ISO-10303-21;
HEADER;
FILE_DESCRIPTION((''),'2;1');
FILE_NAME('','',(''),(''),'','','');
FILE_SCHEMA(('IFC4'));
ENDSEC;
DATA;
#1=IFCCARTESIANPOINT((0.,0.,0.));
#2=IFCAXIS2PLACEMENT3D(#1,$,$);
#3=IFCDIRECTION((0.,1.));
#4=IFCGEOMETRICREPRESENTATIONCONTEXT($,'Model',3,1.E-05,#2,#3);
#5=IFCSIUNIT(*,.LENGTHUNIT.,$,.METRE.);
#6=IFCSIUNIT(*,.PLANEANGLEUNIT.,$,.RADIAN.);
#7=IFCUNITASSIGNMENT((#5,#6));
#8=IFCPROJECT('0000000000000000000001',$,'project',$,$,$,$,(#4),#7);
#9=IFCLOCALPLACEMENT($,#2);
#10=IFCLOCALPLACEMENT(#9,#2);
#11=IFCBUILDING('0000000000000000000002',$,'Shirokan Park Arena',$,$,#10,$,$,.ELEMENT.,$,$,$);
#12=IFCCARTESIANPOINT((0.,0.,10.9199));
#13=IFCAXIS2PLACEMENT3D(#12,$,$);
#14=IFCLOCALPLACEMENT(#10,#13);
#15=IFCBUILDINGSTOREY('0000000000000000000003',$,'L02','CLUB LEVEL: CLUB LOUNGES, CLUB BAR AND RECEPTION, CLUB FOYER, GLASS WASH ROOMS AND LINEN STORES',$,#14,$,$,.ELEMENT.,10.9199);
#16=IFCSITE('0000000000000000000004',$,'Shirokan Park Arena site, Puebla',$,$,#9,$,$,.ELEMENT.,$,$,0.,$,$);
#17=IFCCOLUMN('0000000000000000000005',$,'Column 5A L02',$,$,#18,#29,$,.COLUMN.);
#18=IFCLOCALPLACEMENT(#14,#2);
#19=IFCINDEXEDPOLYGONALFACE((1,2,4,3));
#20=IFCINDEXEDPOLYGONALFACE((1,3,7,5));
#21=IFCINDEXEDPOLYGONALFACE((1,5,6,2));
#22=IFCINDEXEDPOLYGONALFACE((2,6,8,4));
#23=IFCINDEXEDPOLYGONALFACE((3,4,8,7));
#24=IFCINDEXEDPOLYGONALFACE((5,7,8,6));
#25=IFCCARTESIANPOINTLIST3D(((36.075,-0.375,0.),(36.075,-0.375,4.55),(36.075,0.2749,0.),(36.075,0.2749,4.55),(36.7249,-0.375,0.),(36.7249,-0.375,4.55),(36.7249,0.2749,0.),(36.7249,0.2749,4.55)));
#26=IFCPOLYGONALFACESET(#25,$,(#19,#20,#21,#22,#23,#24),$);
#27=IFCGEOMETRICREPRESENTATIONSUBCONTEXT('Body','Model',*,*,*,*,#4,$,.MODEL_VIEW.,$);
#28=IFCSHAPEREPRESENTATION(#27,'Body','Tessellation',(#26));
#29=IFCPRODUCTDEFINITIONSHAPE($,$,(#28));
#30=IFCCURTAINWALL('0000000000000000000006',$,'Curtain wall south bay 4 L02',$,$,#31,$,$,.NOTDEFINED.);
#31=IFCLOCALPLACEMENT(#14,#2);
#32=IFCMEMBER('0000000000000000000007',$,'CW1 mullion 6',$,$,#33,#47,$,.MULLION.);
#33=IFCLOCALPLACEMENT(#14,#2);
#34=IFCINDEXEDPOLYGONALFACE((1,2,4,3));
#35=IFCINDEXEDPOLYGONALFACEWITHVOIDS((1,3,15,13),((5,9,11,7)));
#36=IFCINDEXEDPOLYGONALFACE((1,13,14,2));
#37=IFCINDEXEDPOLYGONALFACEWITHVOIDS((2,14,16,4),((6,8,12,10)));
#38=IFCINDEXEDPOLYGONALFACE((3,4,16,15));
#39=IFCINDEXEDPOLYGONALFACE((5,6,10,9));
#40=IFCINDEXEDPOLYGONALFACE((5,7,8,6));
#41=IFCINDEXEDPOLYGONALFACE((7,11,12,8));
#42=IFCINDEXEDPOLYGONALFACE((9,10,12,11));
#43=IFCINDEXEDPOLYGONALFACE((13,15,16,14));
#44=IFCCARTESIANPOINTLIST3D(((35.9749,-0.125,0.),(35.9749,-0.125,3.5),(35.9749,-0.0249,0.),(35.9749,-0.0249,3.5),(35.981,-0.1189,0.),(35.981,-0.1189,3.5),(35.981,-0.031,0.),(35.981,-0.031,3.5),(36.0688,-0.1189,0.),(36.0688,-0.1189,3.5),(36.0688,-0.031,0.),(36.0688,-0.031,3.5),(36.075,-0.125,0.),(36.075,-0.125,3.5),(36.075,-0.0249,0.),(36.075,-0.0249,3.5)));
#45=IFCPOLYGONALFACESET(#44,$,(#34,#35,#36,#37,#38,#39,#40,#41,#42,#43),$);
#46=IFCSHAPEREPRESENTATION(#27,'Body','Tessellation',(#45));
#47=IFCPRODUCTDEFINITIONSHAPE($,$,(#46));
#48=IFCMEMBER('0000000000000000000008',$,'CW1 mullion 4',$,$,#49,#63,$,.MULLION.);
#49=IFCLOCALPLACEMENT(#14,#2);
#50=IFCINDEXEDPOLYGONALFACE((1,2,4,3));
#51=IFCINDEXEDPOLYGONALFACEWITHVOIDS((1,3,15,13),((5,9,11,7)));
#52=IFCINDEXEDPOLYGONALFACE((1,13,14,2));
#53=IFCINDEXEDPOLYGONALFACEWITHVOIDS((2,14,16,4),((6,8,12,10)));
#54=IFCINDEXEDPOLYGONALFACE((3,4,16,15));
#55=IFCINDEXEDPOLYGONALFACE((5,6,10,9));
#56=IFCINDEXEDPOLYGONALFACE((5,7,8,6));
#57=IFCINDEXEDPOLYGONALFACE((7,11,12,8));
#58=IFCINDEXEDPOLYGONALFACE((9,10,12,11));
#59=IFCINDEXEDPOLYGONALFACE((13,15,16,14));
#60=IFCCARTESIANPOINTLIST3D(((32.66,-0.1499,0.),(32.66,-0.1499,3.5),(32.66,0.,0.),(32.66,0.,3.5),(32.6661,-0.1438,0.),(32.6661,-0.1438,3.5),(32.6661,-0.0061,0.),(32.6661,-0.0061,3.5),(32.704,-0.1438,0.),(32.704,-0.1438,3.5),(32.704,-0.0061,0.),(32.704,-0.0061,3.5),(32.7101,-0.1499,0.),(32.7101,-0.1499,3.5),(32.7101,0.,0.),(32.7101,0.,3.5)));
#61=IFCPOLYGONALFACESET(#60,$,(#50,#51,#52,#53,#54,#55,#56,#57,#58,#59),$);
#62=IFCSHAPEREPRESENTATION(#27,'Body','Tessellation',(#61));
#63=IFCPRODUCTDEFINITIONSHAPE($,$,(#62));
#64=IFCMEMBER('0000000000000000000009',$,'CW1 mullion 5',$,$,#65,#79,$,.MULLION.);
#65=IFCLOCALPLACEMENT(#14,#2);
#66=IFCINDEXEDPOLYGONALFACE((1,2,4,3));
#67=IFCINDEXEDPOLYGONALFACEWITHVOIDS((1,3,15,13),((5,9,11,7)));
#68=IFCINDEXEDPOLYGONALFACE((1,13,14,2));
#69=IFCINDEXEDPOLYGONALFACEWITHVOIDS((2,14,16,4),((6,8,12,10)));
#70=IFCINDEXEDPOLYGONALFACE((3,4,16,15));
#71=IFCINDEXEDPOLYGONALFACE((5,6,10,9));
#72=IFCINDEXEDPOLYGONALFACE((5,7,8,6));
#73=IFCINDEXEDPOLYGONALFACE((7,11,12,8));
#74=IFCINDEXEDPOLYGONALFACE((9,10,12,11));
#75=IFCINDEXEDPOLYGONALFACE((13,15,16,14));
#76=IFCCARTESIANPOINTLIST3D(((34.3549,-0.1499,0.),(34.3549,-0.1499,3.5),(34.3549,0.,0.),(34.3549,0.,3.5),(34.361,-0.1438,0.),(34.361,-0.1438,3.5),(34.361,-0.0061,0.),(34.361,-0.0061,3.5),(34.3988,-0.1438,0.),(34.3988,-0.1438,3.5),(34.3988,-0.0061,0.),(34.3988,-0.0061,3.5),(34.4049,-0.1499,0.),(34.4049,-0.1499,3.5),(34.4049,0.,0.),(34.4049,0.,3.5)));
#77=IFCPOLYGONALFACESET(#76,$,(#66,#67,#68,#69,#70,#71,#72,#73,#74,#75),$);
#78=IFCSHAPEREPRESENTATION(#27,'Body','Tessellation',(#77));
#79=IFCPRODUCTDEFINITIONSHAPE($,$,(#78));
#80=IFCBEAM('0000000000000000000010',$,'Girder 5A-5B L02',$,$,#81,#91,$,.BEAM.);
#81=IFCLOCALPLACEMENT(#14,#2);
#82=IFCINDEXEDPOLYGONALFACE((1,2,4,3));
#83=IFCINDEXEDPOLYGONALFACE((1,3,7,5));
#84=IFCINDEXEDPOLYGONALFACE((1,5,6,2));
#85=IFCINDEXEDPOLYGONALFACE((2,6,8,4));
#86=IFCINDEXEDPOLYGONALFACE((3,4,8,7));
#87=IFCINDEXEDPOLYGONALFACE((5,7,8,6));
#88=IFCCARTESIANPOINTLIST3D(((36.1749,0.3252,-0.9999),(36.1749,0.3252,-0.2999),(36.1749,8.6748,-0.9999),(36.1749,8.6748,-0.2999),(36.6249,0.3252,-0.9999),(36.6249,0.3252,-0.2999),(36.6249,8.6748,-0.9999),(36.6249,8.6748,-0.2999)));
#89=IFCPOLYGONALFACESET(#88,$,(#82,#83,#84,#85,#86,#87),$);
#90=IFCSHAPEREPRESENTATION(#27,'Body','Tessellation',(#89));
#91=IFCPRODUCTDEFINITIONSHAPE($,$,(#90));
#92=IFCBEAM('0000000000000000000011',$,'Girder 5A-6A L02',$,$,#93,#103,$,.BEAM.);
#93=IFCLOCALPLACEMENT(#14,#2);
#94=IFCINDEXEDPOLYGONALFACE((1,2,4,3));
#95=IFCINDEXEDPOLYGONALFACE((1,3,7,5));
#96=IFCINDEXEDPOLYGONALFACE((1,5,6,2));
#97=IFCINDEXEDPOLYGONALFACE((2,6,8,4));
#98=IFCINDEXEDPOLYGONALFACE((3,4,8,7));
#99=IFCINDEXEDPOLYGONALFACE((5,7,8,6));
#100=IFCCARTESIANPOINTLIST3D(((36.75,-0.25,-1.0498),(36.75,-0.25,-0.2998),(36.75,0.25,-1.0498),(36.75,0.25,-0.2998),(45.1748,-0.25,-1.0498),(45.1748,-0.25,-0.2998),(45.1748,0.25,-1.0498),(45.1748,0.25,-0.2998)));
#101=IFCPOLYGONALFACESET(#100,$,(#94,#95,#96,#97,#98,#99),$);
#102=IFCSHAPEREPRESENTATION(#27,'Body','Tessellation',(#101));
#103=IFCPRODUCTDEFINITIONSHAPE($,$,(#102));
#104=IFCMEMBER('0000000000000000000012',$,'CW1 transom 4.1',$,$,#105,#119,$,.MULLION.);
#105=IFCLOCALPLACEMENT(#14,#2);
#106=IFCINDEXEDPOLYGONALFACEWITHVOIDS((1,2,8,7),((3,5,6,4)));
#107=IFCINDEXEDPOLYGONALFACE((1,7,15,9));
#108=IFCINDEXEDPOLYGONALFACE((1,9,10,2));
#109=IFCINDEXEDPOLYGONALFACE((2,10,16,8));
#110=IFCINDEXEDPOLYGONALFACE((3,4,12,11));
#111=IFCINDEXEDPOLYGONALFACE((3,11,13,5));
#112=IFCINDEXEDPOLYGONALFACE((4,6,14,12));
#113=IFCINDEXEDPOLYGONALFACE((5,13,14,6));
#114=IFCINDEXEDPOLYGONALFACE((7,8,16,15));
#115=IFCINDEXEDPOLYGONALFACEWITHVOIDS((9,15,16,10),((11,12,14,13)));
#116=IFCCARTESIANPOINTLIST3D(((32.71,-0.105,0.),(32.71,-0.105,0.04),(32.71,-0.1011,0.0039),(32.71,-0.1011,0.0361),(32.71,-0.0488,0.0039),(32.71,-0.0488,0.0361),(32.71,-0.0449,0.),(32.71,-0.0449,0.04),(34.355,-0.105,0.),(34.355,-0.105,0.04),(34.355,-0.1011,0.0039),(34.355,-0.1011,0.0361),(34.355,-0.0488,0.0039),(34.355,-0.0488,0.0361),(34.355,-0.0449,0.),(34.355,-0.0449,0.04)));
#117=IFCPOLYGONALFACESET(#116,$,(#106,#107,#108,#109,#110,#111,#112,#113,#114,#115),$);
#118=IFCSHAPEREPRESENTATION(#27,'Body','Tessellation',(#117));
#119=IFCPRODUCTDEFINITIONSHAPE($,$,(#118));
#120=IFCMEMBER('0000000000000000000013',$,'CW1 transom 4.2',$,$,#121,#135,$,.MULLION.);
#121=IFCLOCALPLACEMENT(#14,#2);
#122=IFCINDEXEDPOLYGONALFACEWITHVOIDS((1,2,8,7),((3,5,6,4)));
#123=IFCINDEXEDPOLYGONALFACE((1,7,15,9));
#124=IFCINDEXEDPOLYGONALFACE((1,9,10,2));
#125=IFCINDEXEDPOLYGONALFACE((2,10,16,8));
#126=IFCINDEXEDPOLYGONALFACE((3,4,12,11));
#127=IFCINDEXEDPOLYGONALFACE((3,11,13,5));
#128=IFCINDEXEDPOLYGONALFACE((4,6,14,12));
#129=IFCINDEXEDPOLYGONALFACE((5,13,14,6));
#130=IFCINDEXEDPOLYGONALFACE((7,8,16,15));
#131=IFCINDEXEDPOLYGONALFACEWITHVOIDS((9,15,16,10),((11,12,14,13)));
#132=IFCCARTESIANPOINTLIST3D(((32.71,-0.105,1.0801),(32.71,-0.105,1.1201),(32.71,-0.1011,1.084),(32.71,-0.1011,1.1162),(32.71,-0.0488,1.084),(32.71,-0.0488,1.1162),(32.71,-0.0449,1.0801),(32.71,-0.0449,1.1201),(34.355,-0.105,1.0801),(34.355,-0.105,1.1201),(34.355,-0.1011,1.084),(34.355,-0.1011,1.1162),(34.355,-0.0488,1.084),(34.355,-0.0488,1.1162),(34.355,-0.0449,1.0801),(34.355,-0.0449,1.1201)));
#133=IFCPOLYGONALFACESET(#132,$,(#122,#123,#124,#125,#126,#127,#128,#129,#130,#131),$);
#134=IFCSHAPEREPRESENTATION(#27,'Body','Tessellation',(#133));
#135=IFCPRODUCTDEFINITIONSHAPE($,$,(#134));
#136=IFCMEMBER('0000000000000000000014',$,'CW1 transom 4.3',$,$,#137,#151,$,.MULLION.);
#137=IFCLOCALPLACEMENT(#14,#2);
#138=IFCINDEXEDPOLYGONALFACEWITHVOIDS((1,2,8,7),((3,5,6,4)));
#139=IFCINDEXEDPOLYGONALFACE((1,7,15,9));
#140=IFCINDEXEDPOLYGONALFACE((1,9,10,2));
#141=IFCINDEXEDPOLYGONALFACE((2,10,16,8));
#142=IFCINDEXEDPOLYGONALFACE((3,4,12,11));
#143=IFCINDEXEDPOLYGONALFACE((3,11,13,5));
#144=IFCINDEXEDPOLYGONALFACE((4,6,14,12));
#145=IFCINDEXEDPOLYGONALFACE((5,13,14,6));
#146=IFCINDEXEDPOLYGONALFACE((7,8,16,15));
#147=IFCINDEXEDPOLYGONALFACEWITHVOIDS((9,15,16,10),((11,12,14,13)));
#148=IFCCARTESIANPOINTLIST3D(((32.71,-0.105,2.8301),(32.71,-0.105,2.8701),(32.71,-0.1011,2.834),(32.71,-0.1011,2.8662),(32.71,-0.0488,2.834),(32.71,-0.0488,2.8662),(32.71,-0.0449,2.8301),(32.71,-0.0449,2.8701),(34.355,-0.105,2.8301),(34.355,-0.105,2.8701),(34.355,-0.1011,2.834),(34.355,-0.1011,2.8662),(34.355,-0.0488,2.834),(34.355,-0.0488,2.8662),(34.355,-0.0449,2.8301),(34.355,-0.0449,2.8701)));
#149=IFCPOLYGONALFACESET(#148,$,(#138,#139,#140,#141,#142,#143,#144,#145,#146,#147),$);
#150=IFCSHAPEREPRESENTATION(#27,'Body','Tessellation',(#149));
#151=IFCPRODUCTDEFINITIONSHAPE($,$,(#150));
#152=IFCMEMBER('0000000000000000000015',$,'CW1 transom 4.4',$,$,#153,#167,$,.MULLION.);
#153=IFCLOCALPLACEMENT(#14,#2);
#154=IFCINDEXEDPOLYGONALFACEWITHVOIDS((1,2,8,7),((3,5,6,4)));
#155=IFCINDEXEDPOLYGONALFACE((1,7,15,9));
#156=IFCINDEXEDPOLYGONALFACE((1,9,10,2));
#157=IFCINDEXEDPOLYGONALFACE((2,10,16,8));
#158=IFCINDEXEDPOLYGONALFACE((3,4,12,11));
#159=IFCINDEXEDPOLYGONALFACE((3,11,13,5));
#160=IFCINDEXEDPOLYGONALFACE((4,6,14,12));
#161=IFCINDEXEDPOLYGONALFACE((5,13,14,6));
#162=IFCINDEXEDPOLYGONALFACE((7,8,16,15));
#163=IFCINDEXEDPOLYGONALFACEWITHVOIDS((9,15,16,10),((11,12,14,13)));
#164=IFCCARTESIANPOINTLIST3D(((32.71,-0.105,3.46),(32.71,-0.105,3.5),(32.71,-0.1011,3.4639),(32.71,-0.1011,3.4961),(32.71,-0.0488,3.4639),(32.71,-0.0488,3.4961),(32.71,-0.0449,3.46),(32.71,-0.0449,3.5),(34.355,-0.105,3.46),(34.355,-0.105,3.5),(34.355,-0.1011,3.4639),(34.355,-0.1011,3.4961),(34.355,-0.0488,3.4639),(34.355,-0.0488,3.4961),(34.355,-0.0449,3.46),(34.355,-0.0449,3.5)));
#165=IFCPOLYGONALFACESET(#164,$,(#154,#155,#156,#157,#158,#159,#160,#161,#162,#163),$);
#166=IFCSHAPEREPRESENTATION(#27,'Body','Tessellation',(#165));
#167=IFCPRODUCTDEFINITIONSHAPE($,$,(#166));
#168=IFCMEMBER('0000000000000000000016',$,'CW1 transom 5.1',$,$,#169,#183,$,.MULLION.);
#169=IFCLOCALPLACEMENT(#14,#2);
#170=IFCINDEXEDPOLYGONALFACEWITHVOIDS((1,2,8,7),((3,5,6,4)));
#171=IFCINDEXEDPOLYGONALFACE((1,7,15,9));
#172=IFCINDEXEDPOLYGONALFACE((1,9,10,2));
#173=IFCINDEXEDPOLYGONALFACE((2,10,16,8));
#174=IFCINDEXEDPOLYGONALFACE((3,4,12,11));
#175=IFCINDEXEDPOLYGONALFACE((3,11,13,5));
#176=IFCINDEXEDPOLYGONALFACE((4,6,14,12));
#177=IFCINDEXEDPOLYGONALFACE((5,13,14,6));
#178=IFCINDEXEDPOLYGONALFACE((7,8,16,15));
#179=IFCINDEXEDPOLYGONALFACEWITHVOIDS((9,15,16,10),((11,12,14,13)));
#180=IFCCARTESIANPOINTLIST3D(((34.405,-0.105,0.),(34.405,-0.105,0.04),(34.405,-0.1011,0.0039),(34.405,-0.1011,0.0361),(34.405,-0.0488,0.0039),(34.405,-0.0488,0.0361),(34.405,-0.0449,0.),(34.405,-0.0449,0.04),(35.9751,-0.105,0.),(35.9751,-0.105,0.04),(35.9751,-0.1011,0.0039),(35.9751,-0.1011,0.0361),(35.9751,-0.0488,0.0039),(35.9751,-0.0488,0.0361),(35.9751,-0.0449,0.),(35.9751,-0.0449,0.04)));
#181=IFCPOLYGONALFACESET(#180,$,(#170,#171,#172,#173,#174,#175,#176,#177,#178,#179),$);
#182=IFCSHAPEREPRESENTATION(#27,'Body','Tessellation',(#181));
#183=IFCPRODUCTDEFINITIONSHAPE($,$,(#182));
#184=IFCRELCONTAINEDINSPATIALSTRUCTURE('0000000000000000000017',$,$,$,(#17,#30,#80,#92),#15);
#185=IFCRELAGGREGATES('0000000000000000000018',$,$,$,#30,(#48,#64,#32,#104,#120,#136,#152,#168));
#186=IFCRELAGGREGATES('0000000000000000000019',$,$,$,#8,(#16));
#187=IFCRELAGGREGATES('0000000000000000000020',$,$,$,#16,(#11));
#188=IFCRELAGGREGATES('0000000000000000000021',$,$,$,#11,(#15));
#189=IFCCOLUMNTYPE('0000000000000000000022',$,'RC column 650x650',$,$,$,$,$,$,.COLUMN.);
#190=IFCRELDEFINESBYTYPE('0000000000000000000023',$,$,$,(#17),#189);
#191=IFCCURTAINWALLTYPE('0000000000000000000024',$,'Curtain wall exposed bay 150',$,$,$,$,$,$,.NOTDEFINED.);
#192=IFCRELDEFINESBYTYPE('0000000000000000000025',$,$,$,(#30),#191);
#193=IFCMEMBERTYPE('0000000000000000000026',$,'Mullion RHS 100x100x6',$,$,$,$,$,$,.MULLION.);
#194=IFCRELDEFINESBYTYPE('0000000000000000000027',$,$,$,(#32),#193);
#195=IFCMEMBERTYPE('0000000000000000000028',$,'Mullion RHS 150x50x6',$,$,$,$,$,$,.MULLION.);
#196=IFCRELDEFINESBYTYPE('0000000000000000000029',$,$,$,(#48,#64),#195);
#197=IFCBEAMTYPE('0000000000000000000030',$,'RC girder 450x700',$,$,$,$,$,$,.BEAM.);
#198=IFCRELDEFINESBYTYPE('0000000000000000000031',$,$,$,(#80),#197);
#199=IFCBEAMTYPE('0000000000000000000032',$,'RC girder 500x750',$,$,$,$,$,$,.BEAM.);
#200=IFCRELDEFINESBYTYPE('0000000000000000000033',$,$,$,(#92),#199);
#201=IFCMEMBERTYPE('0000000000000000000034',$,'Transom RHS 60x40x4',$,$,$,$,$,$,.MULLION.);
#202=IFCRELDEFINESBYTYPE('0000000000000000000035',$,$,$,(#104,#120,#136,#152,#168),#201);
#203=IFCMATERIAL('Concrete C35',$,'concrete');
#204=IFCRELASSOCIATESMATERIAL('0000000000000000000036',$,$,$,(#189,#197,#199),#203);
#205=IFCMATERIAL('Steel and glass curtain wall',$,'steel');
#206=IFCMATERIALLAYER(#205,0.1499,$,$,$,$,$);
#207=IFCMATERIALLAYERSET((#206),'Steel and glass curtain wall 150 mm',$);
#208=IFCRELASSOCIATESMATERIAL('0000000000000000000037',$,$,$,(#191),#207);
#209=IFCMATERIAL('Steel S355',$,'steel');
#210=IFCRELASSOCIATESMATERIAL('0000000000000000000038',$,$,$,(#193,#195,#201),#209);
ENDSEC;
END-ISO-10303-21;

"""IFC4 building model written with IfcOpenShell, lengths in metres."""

from ifc_helpers import new_model, si_unit, direction, frame, origin, origin_2d, place, context, subcontext, project, spatial, rectangle, hollow_rectangle, extrude, material, layer, layer_set, material_profile, profile_set, type_object, element, aggregate, save


model = new_model("IFC4")

# Units and contexts
model_context = context("Model", 3, precision=1e-05, world=origin(), true_north=direction((0.0, 1.0)))
body_context = subcontext(model_context, "Body", "Model", "MODEL_VIEW")
ifc_project = project(units=[si_unit("LENGTHUNIT", "METRE"), si_unit("PLANEANGLEUNIT", "RADIAN")], contexts=[model_context])

# Site, building, storey
site_placement = place(None, origin())
site = spatial("IfcSite", under=ifc_project, at=site_placement, Name="Shirokan Park Arena site, Puebla", CompositionType="ELEMENT", RefElevation=0.0)
building_placement = place(site_placement, origin())
building = spatial("IfcBuilding", under=site, at=building_placement, Name="Shirokan Park Arena", CompositionType="ELEMENT")
storey_placement = place(building_placement, frame((0.0, 0.0, 10.9199)))
storey = spatial("IfcBuildingStorey", under=building, at=storey_placement, Name="L02", Description="CLUB LEVEL: CLUB LOUNGES, CLUB BAR AND RECEPTION, CLUB FOYER, GLASS WASH ROOMS AND LINEN STORES", CompositionType="ELEMENT", Elevation=10.9199)

# Column
ifc_material_1 = material(Name="Concrete C35", Category="concrete")
ifc_material_profile_1 = material_profile(ifc_material_1, rectangle(XDim=0.6499, YDim=0.6499, at=origin_2d()), Name="650x650")
ifc_profile_set_1 = profile_set([ifc_material_profile_1], Name="Concrete C35")
column_type = type_object("IfcColumnType", Name="RC column 650x650", PredefinedType="COLUMN", material=ifc_profile_set_1)
column_placement = place(storey_placement, frame((36.3999, -0.05, 0.0), z_axis=(0.0, 0.0, 1.0), x_axis=(1.0, 0.0, 0.0)))
element("IfcColumn", 1, at=column_placement, inside=storey, type_object=column_type, Name="Column 5A L02", PredefinedType="COLUMN", context=body_context, shape_type="SweptSolid", body=[
    extrude(rectangle(XDim=0.6499, YDim=0.6499, at=origin_2d()), origin(), (0.0, 0.0, 1.0), 4.55),
])

# Curtain wall, members
ifc_material_2 = material(Name="Steel and glass curtain wall", Category="steel")
ifc_layer_1 = layer(ifc_material_2, 0.1499)
ifc_layer_set_1 = layer_set([ifc_layer_1], Name="Steel and glass curtain wall 150 mm")
curtain_wall_type = type_object("IfcCurtainWallType", Name="Curtain wall exposed bay 150", PredefinedType="NOTDEFINED", material=ifc_layer_set_1)
curtain_wall_placement = place(storey_placement, origin())
curtain_wall = element("IfcCurtainWall", 2, at=curtain_wall_placement, inside=storey, type_object=curtain_wall_type, Name="Curtain wall south bay 4 L02", PredefinedType="NOTDEFINED")
ifc_material_3 = material(Name="Steel S355", Category="steel")
ifc_material_profile_2 = material_profile(ifc_material_3, hollow_rectangle(XDim=0.1001, YDim=0.1001, WallThickness=0.0061, at=origin_2d()), Name="RHS 100x100x6")
ifc_profile_set_2 = profile_set([ifc_material_profile_2], Name="Steel S355")
member_type_1 = type_object("IfcMemberType", Name="Mullion RHS 100x100x6", PredefinedType="MULLION", material=ifc_profile_set_2)
member_1_placement = place(storey_placement, frame((36.0249, -0.075, 0.0), z_axis=(0.0, 0.0, 1.0), x_axis=(0.0, 1.0, 0.0)))
member_1 = element("IfcMember", 3, at=member_1_placement, type_object=member_type_1, Name="CW1 mullion 6", PredefinedType="MULLION", context=body_context, shape_type="SweptSolid", body=[
    extrude(hollow_rectangle(XDim=0.1001, YDim=0.1001, WallThickness=0.0061, at=origin_2d()), origin(), (0.0, 0.0, 1.0), 3.5),
])
ifc_material_profile_3 = material_profile(ifc_material_3, hollow_rectangle(XDim=0.1499, YDim=0.05, WallThickness=0.0061, at=origin_2d()), Name="RHS 150x50x6")
ifc_profile_set_3 = profile_set([ifc_material_profile_3], Name="Steel S355")
member_type_2 = type_object("IfcMemberType", Name="Mullion RHS 150x50x6", PredefinedType="MULLION", material=ifc_profile_set_3)
member_2_placement = place(storey_placement, frame((32.6851, -0.075, 0.0), z_axis=(0.0, 0.0, 1.0), x_axis=(0.0, 1.0, 0.0)))
member_2 = element("IfcMember", 4, at=member_2_placement, type_object=member_type_2, Name="CW1 mullion 4", PredefinedType="MULLION", context=body_context, shape_type="SweptSolid", body=[
    extrude(hollow_rectangle(XDim=0.1499, YDim=0.05, WallThickness=0.0061, at=origin_2d()), origin(), (0.0, 0.0, 1.0), 3.5),
])
member_3_placement = place(storey_placement, frame((34.3799, -0.075, 0.0), z_axis=(0.0, 0.0, 1.0), x_axis=(0.0, 1.0, 0.0)))
member_3 = element("IfcMember", 5, at=member_3_placement, type_object=member_type_2, Name="CW1 mullion 5", PredefinedType="MULLION", context=body_context, shape_type="SweptSolid", body=[
    extrude(hollow_rectangle(XDim=0.1499, YDim=0.05, WallThickness=0.0061, at=origin_2d()), origin(), (0.0, 0.0, 1.0), 3.5),
])

# Beams
ifc_material_profile_4 = material_profile(ifc_material_1, rectangle(XDim=0.45, YDim=0.7, at=origin_2d()), Name="450x700")
ifc_profile_set_4 = profile_set([ifc_material_profile_4], Name="Concrete C35")
beam_type_1 = type_object("IfcBeamType", Name="RC girder 450x700", PredefinedType="BEAM", material=ifc_profile_set_4)
beam_1_placement = place(storey_placement, frame((36.3999, 0.3252, -0.6499), z_axis=(0.0, 1.0, 0.0), x_axis=(-1.0, 0.0, 0.0)))
element("IfcBeam", 6, at=beam_1_placement, inside=storey, type_object=beam_type_1, Name="Girder 5A-5B L02", PredefinedType="BEAM", context=body_context, shape_type="SweptSolid", body=[
    extrude(rectangle(XDim=0.45, YDim=0.7, at=origin_2d()), origin(), (0.0, 0.0, 1.0), 8.3496),
])
ifc_material_profile_5 = material_profile(ifc_material_1, rectangle(XDim=0.5, YDim=0.75, at=origin_2d()), Name="500x750")
ifc_profile_set_5 = profile_set([ifc_material_profile_5], Name="Concrete C35")
beam_type_2 = type_object("IfcBeamType", Name="RC girder 500x750", PredefinedType="BEAM", material=ifc_profile_set_5)
beam_2_placement = place(storey_placement, frame((36.75, 0.0, -0.6748), z_axis=(1.0, 0.0, 0.0), x_axis=(0.0, 1.0, 0.0)))
element("IfcBeam", 7, at=beam_2_placement, inside=storey, type_object=beam_type_2, Name="Girder 5A-6A L02", PredefinedType="BEAM", context=body_context, shape_type="SweptSolid", body=[
    extrude(rectangle(XDim=0.5, YDim=0.75, at=origin_2d()), origin(), (0.0, 0.0, 1.0), 8.4248),
])

# Members
ifc_material_profile_6 = material_profile(ifc_material_3, hollow_rectangle(XDim=0.0601, YDim=0.04, WallThickness=0.0039, at=origin_2d()), Name="RHS 60x40x4")
ifc_profile_set_6 = profile_set([ifc_material_profile_6], Name="Steel S355")
member_type_3 = type_object("IfcMemberType", Name="Transom RHS 60x40x4", PredefinedType="MULLION", material=ifc_profile_set_6)
member_4_placement = place(storey_placement, frame((32.71, -0.075, 0.02), z_axis=(1.0, 0.0, 0.0), x_axis=(0.0, 1.0, 0.0)))
member_4 = element("IfcMember", 8, at=member_4_placement, type_object=member_type_3, Name="CW1 transom 4.1", PredefinedType="MULLION", context=body_context, shape_type="SweptSolid", body=[
    extrude(hollow_rectangle(XDim=0.0601, YDim=0.04, WallThickness=0.0039, at=origin_2d()), origin(), (0.0, 0.0, 1.0), 1.645),
])
member_5_placement = place(storey_placement, frame((32.71, -0.075, 1.1001), z_axis=(1.0, 0.0, 0.0), x_axis=(0.0, 1.0, 0.0)))
member_5 = element("IfcMember", 9, at=member_5_placement, type_object=member_type_3, Name="CW1 transom 4.2", PredefinedType="MULLION", context=body_context, shape_type="SweptSolid", body=[
    extrude(hollow_rectangle(XDim=0.0601, YDim=0.04, WallThickness=0.0039, at=origin_2d()), origin(), (0.0, 0.0, 1.0), 1.645),
])
member_6_placement = place(storey_placement, frame((32.71, -0.075, 2.8501), z_axis=(1.0, 0.0, 0.0), x_axis=(0.0, 1.0, 0.0)))
member_6 = element("IfcMember", 10, at=member_6_placement, type_object=member_type_3, Name="CW1 transom 4.3", PredefinedType="MULLION", context=body_context, shape_type="SweptSolid", body=[
    extrude(hollow_rectangle(XDim=0.0601, YDim=0.04, WallThickness=0.0039, at=origin_2d()), origin(), (0.0, 0.0, 1.0), 1.645),
])
member_7_placement = place(storey_placement, frame((32.71, -0.075, 3.48), z_axis=(1.0, 0.0, 0.0), x_axis=(0.0, 1.0, 0.0)))
member_7 = element("IfcMember", 11, at=member_7_placement, type_object=member_type_3, Name="CW1 transom 4.4", PredefinedType="MULLION", context=body_context, shape_type="SweptSolid", body=[
    extrude(hollow_rectangle(XDim=0.0601, YDim=0.04, WallThickness=0.0039, at=origin_2d()), origin(), (0.0, 0.0, 1.0), 1.645),
])
member_8_placement = place(storey_placement, frame((34.405, -0.075, 0.02), z_axis=(1.0, 0.0, 0.0), x_axis=(0.0, 1.0, 0.0)))
member_8 = element("IfcMember", 12, at=member_8_placement, type_object=member_type_3, Name="CW1 transom 5.1", PredefinedType="MULLION", context=body_context, shape_type="SweptSolid", body=[
    extrude(hollow_rectangle(XDim=0.0601, YDim=0.04, WallThickness=0.0039, at=origin_2d()), origin(), (0.0, 0.0, 1.0), 1.5701),
])

aggregate(curtain_wall, [member_2, member_3, member_1, member_4, member_5, member_6, member_7, member_8])

save(model, "model.ifc")
